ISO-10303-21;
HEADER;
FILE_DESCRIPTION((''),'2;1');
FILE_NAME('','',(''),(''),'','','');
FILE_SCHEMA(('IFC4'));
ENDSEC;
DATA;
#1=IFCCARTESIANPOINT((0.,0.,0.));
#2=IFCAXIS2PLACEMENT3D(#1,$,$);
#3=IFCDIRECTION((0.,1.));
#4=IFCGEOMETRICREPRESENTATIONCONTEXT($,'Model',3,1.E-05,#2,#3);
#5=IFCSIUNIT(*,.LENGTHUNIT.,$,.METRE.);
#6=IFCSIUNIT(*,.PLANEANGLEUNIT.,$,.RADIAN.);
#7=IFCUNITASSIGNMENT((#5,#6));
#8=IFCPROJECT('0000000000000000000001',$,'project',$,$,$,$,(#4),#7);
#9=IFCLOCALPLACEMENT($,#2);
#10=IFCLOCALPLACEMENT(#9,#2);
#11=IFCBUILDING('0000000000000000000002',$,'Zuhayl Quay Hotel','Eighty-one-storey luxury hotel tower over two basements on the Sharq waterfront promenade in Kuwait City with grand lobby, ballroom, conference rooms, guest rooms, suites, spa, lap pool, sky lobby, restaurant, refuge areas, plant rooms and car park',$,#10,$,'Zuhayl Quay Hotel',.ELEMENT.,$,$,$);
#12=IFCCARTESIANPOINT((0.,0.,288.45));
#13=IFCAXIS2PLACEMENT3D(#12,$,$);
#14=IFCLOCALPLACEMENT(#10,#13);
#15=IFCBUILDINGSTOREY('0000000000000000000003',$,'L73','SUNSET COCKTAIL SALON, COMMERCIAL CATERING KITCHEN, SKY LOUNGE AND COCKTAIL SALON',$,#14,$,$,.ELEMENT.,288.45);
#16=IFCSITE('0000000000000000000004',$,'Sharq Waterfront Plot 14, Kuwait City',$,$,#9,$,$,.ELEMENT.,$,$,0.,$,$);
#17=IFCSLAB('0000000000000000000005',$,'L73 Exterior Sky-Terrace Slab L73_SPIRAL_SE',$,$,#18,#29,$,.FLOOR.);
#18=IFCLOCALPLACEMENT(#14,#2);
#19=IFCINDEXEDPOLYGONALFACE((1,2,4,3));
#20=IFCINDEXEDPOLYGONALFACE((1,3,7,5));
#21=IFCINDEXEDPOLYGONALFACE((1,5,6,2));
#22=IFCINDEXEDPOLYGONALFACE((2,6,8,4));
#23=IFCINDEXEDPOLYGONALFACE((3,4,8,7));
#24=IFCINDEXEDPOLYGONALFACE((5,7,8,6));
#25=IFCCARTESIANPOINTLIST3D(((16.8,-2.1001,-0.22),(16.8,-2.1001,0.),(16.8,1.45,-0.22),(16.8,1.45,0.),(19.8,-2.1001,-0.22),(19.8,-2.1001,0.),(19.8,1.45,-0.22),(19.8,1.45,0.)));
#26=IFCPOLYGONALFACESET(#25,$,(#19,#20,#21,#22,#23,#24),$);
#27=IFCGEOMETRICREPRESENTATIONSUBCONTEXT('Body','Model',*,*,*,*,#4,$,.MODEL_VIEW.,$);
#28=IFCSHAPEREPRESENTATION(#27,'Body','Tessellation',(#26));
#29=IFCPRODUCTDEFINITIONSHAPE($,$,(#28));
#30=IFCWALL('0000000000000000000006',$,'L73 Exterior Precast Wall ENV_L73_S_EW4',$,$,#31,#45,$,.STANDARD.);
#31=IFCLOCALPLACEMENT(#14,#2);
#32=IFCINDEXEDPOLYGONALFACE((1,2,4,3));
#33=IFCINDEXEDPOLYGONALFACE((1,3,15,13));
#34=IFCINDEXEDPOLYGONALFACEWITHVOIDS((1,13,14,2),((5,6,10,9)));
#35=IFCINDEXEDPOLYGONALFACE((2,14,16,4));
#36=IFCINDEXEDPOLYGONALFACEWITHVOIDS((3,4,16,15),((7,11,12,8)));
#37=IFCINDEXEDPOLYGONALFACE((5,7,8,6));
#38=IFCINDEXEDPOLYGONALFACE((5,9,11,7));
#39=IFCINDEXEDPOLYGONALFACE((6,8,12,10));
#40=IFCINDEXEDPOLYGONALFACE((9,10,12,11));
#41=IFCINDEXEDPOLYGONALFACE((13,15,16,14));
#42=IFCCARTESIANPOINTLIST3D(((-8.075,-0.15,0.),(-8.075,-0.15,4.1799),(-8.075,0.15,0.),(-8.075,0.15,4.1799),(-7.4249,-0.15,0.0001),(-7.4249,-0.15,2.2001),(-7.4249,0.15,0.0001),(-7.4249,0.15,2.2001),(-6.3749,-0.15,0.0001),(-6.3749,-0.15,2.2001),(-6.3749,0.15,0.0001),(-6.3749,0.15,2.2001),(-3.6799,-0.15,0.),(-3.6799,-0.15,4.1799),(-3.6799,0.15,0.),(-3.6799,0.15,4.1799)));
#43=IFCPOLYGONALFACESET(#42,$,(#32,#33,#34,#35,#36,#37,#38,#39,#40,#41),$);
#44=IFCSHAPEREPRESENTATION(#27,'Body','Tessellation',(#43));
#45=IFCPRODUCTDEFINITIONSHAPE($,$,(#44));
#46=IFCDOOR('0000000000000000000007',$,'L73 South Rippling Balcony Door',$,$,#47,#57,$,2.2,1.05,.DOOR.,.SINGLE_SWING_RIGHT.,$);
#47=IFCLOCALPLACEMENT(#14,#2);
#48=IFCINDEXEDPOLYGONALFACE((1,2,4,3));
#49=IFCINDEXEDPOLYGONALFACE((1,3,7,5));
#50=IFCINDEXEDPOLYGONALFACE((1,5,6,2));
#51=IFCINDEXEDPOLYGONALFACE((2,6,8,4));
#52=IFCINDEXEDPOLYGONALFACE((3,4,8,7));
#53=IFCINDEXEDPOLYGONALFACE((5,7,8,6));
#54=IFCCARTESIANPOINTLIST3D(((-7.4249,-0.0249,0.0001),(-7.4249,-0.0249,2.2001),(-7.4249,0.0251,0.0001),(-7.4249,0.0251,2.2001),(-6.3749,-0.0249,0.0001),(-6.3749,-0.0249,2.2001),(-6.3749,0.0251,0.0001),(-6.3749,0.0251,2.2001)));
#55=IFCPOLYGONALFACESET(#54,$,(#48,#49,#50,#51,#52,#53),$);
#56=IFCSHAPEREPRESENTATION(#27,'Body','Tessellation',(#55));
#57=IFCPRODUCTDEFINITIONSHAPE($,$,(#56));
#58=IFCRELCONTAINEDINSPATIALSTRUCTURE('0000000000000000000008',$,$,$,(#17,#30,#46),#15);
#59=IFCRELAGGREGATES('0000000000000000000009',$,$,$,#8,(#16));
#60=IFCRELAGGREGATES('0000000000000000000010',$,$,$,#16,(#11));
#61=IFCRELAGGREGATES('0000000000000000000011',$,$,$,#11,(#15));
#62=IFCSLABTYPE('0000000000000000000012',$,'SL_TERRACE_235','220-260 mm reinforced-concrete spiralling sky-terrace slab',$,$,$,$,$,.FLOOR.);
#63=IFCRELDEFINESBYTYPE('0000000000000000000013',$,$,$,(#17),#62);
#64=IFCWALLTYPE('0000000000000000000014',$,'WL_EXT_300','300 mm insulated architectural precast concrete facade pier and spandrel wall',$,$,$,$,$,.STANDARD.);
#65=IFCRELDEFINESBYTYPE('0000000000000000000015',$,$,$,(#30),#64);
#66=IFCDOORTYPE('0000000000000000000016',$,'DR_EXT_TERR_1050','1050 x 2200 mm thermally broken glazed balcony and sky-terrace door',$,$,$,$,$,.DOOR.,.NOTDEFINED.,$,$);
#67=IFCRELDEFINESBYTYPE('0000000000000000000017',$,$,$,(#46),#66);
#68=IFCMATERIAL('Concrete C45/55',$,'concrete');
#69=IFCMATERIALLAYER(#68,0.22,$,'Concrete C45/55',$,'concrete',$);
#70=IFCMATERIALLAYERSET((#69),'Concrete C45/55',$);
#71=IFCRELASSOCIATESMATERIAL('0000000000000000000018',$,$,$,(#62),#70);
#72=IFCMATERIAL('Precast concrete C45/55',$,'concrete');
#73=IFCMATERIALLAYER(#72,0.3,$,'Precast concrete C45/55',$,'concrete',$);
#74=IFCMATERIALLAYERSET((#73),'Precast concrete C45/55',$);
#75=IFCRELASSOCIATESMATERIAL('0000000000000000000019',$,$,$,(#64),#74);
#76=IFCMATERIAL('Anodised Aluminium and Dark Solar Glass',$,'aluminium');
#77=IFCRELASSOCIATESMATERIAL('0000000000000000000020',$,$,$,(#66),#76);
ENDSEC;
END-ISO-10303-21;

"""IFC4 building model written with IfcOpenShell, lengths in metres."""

from ifc_helpers import new_model, si_unit, direction, frame, frame_2d, origin, place, context, subcontext, project, spatial, polyline, rectangle, outline, extrude, material, layer, layer_set, type_object, element, fill, save


model = new_model("IFC4")

# Units and contexts
model_context = context("Model", 3, precision=1e-05, world=origin(), true_north=direction((0.0, 1.0)))
body_context = subcontext(model_context, "Body", "Model", "MODEL_VIEW")
ifc_project = project(units=[si_unit("LENGTHUNIT", "METRE"), si_unit("PLANEANGLEUNIT", "RADIAN")], contexts=[model_context])

# Site, building, storey
site_placement = place(None, origin())
site = spatial("IfcSite", under=ifc_project, at=site_placement, Name="Sharq Waterfront Plot 14, Kuwait City", CompositionType="ELEMENT", RefElevation=0.0)
building_placement = place(site_placement, origin())
building = spatial("IfcBuilding", under=site, at=building_placement, Name="Zuhayl Quay Hotel", Description="Eighty-one-storey luxury hotel tower over two basements on the Sharq waterfront promenade in Kuwait City with grand lobby, ballroom, conference rooms, guest rooms, suites, spa, lap pool, sky lobby, restaurant, refuge areas, plant rooms and car park", LongName="Zuhayl Quay Hotel", CompositionType="ELEMENT")
storey_placement = place(building_placement, frame((0.0, 0.0, 288.45)))
storey = spatial("IfcBuildingStorey", under=building, at=storey_placement, Name="L73", Description="SUNSET COCKTAIL SALON, COMMERCIAL CATERING KITCHEN, SKY LOUNGE AND COCKTAIL SALON", CompositionType="ELEMENT", Elevation=288.45)

# Slab
ifc_material_1 = material(Name="Concrete C45/55", Category="concrete")
ifc_layer_1 = layer(ifc_material_1, 0.22, Name="Concrete C45/55", Category="concrete")
ifc_layer_set_1 = layer_set([ifc_layer_1], Name="Concrete C45/55")
slab_type_1 = type_object("IfcSlabType", Name="SL_TERRACE_235", Description="220-260 mm reinforced-concrete spiralling sky-terrace slab", PredefinedType="FLOOR", material=ifc_layer_set_1)
slab_1_placement = place(storey_placement, frame((0.0, 0.0, -0.22)))
element("IfcSlab", 1, at=slab_1_placement, inside=storey, type_object=slab_type_1, Name="L73 Exterior Sky-Terrace Slab L73_SPIRAL_SE", PredefinedType="FLOOR", context=body_context, shape_type="SweptSolid", body=[
    extrude(outline(polyline([(16.8, -2.1001), (19.8, -2.1001), (19.8, 1.45), (16.8, 1.45), (16.8, -2.1001)])), origin(), (0.0, 0.0, 1.0), 0.22),
])

# Wall, opening, door
ifc_material_2 = material(Name="Precast concrete C45/55", Category="concrete")
ifc_layer_2 = layer(ifc_material_2, 0.3, Name="Precast concrete C45/55", Category="concrete")
ifc_layer_set_2 = layer_set([ifc_layer_2], Name="Precast concrete C45/55")
wall_type = type_object("IfcWallType", Name="WL_EXT_300", Description="300 mm insulated architectural precast concrete facade pier and spandrel wall", PredefinedType="STANDARD", material=ifc_layer_set_2)
wall_placement = place(storey_placement, frame((-3.6799, 0.0, 0.0), z_axis=(0.0, 0.0, 1.0), x_axis=(-1.0, 0.0, 0.0)))
wall = element("IfcWall", 2, at=wall_placement, inside=storey, type_object=wall_type, Name="L73 Exterior Precast Wall ENV_L73_S_EW4", PredefinedType="STANDARD", context=body_context, shape_type="SweptSolid", body=[
    extrude(rectangle(XDim=4.395, YDim=0.3, at=frame_2d((2.1975, 0.0))), origin(), (0.0, 0.0, 1.0), 4.1799),
])
opening_placement = place(wall_placement, frame((2.6951, 0.0, 0.0)))
opening = element("IfcOpeningElement", 3, at=opening_placement, cuts=wall, PredefinedType="OPENING", context=body_context, shape_type="SweptSolid", body=[
    extrude(rectangle(XDim=1.05, YDim=2.2, at=frame_2d((0.5249, 1.1001))), frame((0.0, 0.1599, 0.0), z_axis=(0.0, -1.0, 0.0), x_axis=(1.0, 0.0, 0.0)), (0.0, 0.0, 1.0), 0.3201),
])
ifc_material_3 = material(Name="Anodised Aluminium and Dark Solar Glass", Category="aluminium")
door_type = type_object("IfcDoorType", Name="DR_EXT_TERR_1050", Description="1050 x 2200 mm thermally broken glazed balcony and sky-terrace door", OperationType="NOTDEFINED", PredefinedType="DOOR", material=ifc_material_3)
door_placement = place(opening_placement, origin())
door = element("IfcDoor", 4, at=door_placement, inside=storey, type_object=door_type, Name="L73 South Rippling Balcony Door", OperationType="SINGLE_SWING_RIGHT", OverallHeight=2.2, OverallWidth=1.05, PredefinedType="DOOR", context=body_context, shape_type="SweptSolid", body=[
    extrude(rectangle(XDim=1.05, YDim=2.2, at=frame_2d((0.5249, 1.1001))), frame((0.0, 0.0249, 0.0), z_axis=(0.0, -1.0, 0.0), x_axis=(1.0, 0.0, 0.0)), (0.0, 0.0, 1.0), 0.05),
])
fill(opening, door)

save(model, "model.ifc")
